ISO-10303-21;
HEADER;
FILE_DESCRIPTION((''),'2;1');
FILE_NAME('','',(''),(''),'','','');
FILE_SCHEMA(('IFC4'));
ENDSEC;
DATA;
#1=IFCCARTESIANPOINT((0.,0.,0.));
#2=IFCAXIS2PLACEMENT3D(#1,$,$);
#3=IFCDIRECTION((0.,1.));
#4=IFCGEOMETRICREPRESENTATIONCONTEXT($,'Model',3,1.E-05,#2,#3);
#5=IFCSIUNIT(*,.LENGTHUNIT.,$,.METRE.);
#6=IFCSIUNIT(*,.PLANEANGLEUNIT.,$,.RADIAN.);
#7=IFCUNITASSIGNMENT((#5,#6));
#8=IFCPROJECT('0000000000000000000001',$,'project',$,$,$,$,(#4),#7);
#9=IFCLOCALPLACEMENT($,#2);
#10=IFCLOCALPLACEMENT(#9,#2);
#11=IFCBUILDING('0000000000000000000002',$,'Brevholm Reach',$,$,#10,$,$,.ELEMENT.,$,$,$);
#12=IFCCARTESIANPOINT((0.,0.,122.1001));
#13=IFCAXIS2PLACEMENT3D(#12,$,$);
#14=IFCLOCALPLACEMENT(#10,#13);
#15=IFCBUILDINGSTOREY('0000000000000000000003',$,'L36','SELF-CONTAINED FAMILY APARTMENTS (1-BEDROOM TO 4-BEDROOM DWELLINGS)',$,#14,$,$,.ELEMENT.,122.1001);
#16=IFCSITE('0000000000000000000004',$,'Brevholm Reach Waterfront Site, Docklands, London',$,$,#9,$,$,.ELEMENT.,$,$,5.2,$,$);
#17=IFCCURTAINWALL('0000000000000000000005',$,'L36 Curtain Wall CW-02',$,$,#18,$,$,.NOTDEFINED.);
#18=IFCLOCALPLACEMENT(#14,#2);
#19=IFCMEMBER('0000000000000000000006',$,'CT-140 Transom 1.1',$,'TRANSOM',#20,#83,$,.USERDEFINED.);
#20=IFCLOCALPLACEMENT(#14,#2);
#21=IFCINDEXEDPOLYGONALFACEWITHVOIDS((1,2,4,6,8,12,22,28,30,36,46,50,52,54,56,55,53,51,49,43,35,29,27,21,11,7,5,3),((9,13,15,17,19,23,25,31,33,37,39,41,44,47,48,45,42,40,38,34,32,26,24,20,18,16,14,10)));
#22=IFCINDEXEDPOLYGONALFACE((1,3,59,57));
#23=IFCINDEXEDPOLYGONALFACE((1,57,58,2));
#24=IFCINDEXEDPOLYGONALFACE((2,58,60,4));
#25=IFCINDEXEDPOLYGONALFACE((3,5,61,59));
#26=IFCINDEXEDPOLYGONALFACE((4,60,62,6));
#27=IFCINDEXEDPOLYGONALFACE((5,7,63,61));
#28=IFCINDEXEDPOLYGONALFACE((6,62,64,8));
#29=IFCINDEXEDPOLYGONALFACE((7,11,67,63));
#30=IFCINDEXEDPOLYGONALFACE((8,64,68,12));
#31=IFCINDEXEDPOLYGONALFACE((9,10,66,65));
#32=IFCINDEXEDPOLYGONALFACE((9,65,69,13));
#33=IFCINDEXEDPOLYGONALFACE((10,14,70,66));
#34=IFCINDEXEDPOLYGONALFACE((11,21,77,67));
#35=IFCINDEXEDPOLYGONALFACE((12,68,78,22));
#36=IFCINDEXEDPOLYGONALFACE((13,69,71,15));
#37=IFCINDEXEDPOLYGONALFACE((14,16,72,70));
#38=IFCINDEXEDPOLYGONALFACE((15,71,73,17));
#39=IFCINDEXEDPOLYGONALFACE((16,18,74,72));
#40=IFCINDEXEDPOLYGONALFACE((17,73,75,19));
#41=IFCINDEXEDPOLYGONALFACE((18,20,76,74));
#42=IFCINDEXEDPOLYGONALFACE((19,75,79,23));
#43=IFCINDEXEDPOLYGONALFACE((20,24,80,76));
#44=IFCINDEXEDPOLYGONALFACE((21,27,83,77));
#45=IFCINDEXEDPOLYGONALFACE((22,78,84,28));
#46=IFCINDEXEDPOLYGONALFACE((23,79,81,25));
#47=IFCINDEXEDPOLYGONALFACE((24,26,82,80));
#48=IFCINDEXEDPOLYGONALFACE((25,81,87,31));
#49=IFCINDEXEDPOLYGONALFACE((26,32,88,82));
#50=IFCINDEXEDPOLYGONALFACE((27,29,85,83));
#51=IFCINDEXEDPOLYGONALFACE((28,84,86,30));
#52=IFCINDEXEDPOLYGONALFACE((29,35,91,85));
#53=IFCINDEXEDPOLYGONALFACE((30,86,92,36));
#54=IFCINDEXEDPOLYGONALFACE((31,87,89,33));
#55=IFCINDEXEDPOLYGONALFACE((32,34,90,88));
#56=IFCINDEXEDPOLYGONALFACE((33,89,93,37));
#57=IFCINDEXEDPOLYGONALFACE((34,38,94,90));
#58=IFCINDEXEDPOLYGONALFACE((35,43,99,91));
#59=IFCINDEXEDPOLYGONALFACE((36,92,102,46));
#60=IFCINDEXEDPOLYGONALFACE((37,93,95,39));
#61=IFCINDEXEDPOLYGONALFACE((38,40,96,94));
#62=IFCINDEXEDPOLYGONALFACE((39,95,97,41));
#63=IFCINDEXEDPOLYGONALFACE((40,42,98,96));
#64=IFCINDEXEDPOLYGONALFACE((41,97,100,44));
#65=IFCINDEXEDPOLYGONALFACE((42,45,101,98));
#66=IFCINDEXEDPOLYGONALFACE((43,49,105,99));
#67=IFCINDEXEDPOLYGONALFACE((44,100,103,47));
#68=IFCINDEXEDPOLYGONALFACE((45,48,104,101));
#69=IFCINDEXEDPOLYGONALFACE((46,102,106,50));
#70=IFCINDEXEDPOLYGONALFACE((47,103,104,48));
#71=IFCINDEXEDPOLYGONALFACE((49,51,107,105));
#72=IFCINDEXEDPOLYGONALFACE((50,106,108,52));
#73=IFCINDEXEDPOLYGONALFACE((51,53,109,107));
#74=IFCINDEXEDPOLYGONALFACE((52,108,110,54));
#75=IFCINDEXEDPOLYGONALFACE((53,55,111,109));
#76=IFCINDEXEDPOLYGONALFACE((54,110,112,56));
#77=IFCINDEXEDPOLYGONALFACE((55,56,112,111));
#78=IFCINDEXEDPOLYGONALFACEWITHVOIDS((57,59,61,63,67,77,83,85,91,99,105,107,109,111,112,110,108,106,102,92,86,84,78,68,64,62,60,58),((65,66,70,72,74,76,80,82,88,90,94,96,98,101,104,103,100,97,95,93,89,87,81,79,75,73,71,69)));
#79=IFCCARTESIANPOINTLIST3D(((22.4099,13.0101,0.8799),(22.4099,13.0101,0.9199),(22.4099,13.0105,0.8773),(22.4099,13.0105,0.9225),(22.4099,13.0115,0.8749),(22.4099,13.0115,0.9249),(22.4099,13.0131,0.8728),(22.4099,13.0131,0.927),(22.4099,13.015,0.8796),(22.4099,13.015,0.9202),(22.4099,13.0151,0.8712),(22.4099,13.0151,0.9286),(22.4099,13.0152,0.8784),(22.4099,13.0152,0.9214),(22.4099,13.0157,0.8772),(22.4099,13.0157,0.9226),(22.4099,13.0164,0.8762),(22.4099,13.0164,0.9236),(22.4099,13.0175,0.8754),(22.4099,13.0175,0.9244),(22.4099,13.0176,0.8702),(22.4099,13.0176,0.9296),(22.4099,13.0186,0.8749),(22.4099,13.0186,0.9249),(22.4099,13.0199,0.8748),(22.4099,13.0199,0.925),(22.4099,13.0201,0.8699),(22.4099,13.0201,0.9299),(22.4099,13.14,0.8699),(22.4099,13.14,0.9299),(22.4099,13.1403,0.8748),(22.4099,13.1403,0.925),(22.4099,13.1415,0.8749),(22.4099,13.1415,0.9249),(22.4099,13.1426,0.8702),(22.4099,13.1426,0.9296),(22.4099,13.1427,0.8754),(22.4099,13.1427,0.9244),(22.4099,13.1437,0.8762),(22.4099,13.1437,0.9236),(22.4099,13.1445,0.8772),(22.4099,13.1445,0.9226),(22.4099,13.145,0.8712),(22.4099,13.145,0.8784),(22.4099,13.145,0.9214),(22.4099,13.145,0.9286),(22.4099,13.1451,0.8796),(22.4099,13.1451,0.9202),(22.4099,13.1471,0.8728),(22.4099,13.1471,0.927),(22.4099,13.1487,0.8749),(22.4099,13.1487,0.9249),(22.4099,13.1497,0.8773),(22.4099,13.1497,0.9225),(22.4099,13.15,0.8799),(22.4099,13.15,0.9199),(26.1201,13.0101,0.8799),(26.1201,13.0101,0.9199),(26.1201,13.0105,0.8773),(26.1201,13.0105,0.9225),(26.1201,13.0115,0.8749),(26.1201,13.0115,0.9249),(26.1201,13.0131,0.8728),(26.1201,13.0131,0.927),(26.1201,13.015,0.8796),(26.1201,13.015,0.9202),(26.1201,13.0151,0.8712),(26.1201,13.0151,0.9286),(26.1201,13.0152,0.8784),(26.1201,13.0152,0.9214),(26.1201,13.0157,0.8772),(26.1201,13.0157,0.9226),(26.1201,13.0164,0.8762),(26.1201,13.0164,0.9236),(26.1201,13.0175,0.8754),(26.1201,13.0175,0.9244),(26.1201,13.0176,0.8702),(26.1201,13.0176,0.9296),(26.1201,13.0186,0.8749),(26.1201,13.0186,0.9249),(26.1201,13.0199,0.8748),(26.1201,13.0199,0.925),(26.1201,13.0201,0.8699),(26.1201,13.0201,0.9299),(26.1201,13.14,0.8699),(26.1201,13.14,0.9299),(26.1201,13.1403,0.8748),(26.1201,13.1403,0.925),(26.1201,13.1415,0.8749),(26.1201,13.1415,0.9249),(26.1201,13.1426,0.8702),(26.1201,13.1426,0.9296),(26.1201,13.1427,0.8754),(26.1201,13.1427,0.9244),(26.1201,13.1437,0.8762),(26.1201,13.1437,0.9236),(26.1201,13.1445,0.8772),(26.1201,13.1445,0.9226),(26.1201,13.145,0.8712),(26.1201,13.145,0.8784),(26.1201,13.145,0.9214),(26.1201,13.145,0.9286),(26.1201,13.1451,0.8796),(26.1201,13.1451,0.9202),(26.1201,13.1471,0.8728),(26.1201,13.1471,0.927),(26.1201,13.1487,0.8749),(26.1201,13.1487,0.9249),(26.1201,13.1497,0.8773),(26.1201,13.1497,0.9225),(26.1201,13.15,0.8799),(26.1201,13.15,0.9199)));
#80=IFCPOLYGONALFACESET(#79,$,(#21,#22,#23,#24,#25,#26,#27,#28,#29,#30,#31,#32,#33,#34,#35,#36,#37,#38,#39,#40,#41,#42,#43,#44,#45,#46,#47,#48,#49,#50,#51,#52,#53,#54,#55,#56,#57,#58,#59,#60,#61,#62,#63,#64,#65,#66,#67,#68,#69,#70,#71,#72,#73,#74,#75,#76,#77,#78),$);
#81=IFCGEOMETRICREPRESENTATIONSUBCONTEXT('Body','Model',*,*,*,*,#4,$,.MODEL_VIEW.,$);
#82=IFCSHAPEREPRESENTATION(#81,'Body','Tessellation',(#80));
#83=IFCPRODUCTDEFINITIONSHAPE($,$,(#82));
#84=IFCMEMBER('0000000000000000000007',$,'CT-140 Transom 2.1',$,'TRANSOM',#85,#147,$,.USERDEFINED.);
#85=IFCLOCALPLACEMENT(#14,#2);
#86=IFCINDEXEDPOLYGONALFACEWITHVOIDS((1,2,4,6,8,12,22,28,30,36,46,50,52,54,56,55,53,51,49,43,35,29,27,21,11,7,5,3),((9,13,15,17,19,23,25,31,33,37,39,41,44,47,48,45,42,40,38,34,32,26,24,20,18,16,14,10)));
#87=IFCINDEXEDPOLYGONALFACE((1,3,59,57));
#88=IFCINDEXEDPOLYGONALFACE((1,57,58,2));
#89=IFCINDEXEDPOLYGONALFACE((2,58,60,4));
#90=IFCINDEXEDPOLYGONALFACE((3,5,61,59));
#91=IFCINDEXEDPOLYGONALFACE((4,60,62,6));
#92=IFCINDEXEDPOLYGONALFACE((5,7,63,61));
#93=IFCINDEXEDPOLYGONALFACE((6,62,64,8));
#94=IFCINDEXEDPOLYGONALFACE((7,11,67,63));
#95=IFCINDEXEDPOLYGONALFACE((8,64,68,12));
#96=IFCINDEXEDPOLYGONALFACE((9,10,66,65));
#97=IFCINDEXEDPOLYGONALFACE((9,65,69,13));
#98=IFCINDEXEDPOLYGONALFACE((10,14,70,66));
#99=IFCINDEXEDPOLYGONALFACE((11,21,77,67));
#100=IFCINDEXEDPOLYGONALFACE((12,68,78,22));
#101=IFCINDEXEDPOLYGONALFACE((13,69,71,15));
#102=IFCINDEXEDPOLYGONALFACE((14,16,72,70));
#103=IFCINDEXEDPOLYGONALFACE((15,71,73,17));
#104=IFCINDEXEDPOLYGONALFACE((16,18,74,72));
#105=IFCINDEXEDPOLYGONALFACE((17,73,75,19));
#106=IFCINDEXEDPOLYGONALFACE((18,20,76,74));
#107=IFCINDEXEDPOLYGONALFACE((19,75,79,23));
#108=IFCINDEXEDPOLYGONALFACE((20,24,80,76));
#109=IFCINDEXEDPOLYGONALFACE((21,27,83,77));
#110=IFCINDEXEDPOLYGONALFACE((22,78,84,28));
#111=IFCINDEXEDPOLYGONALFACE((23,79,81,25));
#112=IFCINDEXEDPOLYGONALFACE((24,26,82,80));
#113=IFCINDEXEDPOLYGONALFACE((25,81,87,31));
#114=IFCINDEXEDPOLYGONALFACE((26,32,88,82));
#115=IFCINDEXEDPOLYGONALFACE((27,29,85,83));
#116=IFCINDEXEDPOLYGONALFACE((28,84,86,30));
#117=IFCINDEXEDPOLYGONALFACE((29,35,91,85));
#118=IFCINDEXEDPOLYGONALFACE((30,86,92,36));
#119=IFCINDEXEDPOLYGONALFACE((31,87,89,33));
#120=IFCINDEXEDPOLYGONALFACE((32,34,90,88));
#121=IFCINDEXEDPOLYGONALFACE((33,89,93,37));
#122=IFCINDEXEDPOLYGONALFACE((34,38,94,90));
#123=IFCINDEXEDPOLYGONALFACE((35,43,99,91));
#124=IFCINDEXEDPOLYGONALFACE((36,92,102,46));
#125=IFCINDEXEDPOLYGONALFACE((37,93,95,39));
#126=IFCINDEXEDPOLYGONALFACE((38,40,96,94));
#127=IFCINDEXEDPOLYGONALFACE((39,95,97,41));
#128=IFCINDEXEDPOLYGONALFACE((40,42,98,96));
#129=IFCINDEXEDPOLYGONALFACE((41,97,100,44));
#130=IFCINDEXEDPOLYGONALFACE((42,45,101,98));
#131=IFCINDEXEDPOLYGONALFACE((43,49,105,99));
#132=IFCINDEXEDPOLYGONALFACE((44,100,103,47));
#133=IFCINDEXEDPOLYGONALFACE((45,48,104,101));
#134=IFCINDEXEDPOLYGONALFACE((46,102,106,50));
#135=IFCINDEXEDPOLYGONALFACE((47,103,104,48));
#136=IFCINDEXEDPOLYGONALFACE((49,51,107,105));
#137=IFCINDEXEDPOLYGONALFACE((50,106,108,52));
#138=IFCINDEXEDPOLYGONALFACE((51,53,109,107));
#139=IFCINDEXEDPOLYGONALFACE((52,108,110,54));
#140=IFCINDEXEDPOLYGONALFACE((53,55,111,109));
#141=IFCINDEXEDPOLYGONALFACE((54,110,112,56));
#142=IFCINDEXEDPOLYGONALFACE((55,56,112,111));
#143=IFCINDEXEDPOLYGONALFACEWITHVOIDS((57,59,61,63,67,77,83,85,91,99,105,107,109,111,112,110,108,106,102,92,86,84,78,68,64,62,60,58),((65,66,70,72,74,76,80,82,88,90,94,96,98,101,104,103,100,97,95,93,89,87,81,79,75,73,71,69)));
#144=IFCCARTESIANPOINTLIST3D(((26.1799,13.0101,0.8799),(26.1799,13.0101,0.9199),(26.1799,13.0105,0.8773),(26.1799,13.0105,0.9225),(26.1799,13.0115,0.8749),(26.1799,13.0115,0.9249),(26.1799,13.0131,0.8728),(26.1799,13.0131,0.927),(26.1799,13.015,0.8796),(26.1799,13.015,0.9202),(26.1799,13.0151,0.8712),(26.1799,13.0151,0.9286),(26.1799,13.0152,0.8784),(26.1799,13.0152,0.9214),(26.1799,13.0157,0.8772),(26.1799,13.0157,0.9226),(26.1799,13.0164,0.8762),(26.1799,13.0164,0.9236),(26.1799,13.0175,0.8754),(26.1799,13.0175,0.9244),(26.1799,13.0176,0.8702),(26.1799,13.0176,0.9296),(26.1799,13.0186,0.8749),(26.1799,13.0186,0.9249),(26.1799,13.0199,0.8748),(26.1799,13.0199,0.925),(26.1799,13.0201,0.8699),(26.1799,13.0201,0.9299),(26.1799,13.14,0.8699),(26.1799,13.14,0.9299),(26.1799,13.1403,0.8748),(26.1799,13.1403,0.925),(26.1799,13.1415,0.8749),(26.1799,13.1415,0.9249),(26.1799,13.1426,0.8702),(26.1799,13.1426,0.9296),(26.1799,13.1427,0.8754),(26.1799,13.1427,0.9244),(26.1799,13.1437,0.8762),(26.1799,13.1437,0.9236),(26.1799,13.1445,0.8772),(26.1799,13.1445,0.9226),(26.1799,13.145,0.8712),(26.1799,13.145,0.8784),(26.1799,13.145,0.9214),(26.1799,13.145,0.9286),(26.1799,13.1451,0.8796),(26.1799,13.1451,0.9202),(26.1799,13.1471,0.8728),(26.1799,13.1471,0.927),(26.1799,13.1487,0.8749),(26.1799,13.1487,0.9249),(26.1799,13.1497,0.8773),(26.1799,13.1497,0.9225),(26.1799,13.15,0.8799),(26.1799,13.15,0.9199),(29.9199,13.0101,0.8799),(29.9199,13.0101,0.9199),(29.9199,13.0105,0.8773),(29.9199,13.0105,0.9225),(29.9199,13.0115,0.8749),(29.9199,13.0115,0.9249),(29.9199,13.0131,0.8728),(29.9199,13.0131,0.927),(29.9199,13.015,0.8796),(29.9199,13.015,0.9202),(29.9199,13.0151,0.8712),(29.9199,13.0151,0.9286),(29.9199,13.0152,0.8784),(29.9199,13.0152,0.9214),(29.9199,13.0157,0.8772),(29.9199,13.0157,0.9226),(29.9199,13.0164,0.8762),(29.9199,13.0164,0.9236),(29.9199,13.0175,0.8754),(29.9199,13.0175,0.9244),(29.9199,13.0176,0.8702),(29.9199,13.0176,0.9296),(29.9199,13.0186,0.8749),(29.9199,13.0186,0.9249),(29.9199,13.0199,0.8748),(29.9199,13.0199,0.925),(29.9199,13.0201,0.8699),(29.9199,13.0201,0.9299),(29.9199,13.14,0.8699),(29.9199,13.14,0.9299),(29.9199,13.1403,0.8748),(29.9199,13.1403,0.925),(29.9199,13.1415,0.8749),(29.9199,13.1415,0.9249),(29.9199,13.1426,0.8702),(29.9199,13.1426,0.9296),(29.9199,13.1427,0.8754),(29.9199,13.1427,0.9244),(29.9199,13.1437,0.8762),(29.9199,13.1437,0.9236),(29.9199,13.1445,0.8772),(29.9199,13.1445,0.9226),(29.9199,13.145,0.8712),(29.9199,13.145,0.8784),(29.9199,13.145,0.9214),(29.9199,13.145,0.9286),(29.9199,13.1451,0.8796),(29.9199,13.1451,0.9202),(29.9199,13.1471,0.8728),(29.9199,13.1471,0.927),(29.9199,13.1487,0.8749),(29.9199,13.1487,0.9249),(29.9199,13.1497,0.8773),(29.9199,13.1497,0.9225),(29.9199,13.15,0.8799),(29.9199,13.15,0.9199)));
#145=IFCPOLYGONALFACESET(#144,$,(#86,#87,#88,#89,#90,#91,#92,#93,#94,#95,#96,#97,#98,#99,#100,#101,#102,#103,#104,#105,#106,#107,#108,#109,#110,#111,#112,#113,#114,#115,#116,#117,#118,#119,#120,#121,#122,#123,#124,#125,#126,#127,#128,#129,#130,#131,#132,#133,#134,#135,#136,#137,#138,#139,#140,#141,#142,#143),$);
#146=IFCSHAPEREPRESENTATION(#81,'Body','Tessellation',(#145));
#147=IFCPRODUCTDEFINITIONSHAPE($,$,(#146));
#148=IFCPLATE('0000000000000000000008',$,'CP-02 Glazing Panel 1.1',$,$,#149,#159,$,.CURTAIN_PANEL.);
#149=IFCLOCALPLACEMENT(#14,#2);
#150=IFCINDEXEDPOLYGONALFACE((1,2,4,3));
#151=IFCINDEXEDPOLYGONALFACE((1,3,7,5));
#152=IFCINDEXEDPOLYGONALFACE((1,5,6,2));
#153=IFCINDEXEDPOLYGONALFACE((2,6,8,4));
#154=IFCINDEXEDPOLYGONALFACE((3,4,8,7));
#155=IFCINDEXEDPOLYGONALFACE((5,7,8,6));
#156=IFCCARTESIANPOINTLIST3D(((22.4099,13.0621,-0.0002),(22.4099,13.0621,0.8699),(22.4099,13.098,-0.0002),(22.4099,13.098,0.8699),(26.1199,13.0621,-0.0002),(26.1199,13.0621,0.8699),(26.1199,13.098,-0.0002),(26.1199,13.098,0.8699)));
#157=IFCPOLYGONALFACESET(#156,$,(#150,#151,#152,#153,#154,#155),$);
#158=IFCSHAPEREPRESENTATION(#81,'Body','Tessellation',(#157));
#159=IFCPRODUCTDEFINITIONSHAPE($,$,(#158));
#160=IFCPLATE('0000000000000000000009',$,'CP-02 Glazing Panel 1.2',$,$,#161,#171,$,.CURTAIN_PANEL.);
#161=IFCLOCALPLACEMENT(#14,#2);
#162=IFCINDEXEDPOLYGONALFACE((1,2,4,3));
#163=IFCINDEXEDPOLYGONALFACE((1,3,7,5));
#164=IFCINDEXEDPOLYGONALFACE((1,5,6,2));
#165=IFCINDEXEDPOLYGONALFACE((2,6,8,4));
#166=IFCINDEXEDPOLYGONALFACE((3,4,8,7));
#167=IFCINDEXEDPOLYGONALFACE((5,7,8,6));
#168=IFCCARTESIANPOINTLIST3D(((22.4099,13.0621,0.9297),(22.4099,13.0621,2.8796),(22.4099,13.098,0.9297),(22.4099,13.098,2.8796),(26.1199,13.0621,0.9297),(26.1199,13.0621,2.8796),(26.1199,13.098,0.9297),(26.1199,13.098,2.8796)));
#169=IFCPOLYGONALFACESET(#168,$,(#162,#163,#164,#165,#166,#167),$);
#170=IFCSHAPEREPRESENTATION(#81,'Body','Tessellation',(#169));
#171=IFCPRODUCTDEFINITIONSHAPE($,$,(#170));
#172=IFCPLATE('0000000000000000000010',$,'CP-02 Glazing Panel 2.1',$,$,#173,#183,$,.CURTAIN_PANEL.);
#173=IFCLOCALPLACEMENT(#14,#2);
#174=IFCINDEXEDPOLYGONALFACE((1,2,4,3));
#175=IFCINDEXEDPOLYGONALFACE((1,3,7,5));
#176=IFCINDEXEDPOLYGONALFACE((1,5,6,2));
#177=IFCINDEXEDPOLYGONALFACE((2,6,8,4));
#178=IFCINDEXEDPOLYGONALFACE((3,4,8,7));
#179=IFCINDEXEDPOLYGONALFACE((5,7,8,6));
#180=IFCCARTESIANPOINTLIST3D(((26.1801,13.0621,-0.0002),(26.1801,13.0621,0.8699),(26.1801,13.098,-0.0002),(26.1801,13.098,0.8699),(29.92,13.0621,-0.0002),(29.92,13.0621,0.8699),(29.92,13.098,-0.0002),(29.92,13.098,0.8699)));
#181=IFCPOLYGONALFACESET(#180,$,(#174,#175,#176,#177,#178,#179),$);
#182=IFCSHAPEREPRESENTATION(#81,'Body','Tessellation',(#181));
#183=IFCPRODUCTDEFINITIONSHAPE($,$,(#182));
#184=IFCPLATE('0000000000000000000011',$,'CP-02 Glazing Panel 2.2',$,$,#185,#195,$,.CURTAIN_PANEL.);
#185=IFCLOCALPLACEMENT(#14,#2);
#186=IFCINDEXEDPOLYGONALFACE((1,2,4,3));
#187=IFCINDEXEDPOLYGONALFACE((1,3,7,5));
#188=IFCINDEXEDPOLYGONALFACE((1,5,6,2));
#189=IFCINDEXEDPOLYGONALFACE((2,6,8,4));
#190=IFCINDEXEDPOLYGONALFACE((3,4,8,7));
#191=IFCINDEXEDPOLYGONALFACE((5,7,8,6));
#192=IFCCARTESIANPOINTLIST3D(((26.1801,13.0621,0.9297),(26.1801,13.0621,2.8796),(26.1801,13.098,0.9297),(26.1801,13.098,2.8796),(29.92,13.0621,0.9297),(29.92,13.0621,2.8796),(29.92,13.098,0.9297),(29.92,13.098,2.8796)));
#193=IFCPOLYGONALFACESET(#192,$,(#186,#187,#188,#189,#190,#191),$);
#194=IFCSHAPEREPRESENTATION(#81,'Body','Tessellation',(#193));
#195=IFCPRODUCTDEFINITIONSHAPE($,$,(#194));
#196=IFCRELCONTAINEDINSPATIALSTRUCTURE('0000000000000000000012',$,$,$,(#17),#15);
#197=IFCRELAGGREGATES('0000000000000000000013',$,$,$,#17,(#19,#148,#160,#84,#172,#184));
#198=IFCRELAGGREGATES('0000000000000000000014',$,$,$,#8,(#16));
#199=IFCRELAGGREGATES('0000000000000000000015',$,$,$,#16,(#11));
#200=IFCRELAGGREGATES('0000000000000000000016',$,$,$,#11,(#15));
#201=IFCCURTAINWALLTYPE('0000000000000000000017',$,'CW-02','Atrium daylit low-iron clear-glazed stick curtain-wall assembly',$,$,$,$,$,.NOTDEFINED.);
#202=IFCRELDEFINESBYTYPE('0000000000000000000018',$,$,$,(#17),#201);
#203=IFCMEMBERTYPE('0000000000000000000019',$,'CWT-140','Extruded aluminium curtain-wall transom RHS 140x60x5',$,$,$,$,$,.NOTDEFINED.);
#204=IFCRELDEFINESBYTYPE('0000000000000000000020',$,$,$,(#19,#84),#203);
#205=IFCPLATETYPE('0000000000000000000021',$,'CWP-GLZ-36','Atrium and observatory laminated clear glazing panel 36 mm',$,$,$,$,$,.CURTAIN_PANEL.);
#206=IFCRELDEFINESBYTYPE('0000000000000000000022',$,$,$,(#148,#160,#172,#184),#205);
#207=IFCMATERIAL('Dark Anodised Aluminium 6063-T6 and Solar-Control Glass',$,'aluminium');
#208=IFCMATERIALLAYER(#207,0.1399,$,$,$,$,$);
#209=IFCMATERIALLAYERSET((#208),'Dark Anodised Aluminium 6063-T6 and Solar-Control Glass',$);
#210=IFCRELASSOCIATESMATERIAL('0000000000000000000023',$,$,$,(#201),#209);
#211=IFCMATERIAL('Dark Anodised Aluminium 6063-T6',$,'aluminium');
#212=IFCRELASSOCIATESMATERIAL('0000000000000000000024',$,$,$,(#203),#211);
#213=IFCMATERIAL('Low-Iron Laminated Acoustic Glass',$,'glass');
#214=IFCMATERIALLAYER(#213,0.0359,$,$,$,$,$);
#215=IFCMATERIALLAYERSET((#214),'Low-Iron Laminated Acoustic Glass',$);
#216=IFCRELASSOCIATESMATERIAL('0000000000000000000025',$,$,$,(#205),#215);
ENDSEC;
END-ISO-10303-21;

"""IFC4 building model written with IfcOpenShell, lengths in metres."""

from ifc_helpers import new_model, si_unit, direction, frame, origin, origin_2d, place, context, subcontext, project, spatial, rectangle, hollow_rectangle, extrude, material, layer, layer_set, material_profile, profile_set, type_object, element, aggregate, save


model = new_model("IFC4")

# Units and contexts
model_context = context("Model", 3, precision=1e-05, world=origin(), true_north=direction((0.0, 1.0)))
body_context = subcontext(model_context, "Body", "Model", "MODEL_VIEW")
ifc_project = project(units=[si_unit("LENGTHUNIT", "METRE"), si_unit("PLANEANGLEUNIT", "RADIAN")], contexts=[model_context])

# Site, building, storey
site_placement = place(None, origin())
site = spatial("IfcSite", under=ifc_project, at=site_placement, Name="Brevholm Reach Waterfront Site, Docklands, London", CompositionType="ELEMENT", RefElevation=5.2)
building_placement = place(site_placement, origin())
building = spatial("IfcBuilding", under=site, at=building_placement, Name="Brevholm Reach", CompositionType="ELEMENT")
storey_placement = place(building_placement, frame((0.0, 0.0, 122.1001)))
storey = spatial("IfcBuildingStorey", under=building, at=storey_placement, Name="L36", Description="SELF-CONTAINED FAMILY APARTMENTS (1-BEDROOM TO 4-BEDROOM DWELLINGS)", CompositionType="ELEMENT", Elevation=122.1001)

# Curtain wall, members, plates
ifc_material_1 = material(Name="Dark Anodised Aluminium 6063-T6 and Solar-Control Glass", Category="aluminium")
ifc_layer_1 = layer(ifc_material_1, 0.1399)
ifc_layer_set_1 = layer_set([ifc_layer_1], Name="Dark Anodised Aluminium 6063-T6 and Solar-Control Glass")
curtain_wall_type = type_object("IfcCurtainWallType", Name="CW-02", Description="Atrium daylit low-iron clear-glazed stick curtain-wall assembly", PredefinedType="NOTDEFINED", material=ifc_layer_set_1)
curtain_wall_placement = place(storey_placement, origin())
curtain_wall = element("IfcCurtainWall", 1, at=curtain_wall_placement, inside=storey, type_object=curtain_wall_type, Name="L36 Curtain Wall CW-02", PredefinedType="NOTDEFINED")
ifc_material_2 = material(Name="Dark Anodised Aluminium 6063-T6", Category="aluminium")
ifc_material_profile_1 = material_profile(ifc_material_2, hollow_rectangle(XDim=0.0601, YDim=0.1399, WallThickness=0.0049, InnerFilletRadius=0.0049, OuterFilletRadius=0.01, at=origin_2d()), Name="RHS 140x60x5")
ifc_profile_set_1 = profile_set([ifc_material_profile_1], Name="Dark Anodised Aluminium 6063-T6")
member_type_1 = type_object("IfcMemberType", Name="CWT-140", Description="Extruded aluminium curtain-wall transom RHS 140x60x5", PredefinedType="NOTDEFINED", material=ifc_profile_set_1)
member_1_placement = place(storey_placement, frame((22.4099, 13.0801, 0.8999), z_axis=(1.0, 0.0, 0.0), x_axis=(0.0, 0.0, 1.0)))
member_1 = element("IfcMember", 2, at=member_1_placement, type_object=member_type_1, Name="CT-140 Transom 1.1", ObjectType="TRANSOM", PredefinedType="USERDEFINED", context=body_context, shape_type="SweptSolid", body=[
    extrude(hollow_rectangle(XDim=0.0601, YDim=0.1399, WallThickness=0.0049, InnerFilletRadius=0.0049, OuterFilletRadius=0.01, at=origin_2d()), origin(), (0.0, 0.0, 1.0), 3.7102),
])
member_2_placement = place(storey_placement, frame((26.1799, 13.0801, 0.8999), z_axis=(1.0, 0.0, 0.0), x_axis=(0.0, 0.0, 1.0)))
member_2 = element("IfcMember", 3, at=member_2_placement, type_object=member_type_1, Name="CT-140 Transom 2.1", ObjectType="TRANSOM", PredefinedType="USERDEFINED", context=body_context, shape_type="SweptSolid", body=[
    extrude(hollow_rectangle(XDim=0.0601, YDim=0.1399, WallThickness=0.0049, InnerFilletRadius=0.0049, OuterFilletRadius=0.01, at=origin_2d()), origin(), (0.0, 0.0, 1.0), 3.74),
])
ifc_material_3 = material(Name="Low-Iron Laminated Acoustic Glass", Category="glass")
ifc_layer_2 = layer(ifc_material_3, 0.0359)
ifc_layer_set_2 = layer_set([ifc_layer_2], Name="Low-Iron Laminated Acoustic Glass")
plate_type = type_object("IfcPlateType", Name="CWP-GLZ-36", Description="Atrium and observatory laminated clear glazing panel 36 mm", PredefinedType="CURTAIN_PANEL", material=ifc_layer_set_2)
plate_1_placement = place(storey_placement, frame((24.2649, 13.0801, -0.0002), z_axis=(0.0, 0.0, 1.0), x_axis=(1.0, 0.0, 0.0)))
plate_1 = element("IfcPlate", 4, at=plate_1_placement, type_object=plate_type, Name="CP-02 Glazing Panel 1.1", PredefinedType="CURTAIN_PANEL", context=body_context, shape_type="SweptSolid", body=[
    extrude(rectangle(XDim=3.71, YDim=0.0359, at=origin_2d()), origin(), (0.0, 0.0, 1.0), 0.8701),
])
plate_2_placement = place(storey_placement, frame((24.2649, 13.0801, 0.9297), z_axis=(0.0, 0.0, 1.0), x_axis=(1.0, 0.0, 0.0)))
plate_2 = element("IfcPlate", 5, at=plate_2_placement, type_object=plate_type, Name="CP-02 Glazing Panel 1.2", PredefinedType="CURTAIN_PANEL", context=body_context, shape_type="SweptSolid", body=[
    extrude(rectangle(XDim=3.71, YDim=0.0359, at=origin_2d()), origin(), (0.0, 0.0, 1.0), 1.95),
])
plate_3_placement = place(storey_placement, frame((28.05, 13.0801, -0.0002), z_axis=(0.0, 0.0, 1.0), x_axis=(1.0, 0.0, 0.0)))
plate_3 = element("IfcPlate", 6, at=plate_3_placement, type_object=plate_type, Name="CP-02 Glazing Panel 2.1", PredefinedType="CURTAIN_PANEL", context=body_context, shape_type="SweptSolid", body=[
    extrude(rectangle(XDim=3.74, YDim=0.0359, at=origin_2d()), origin(), (0.0, 0.0, 1.0), 0.8701),
])
plate_4_placement = place(storey_placement, frame((28.05, 13.0801, 0.9297), z_axis=(0.0, 0.0, 1.0), x_axis=(1.0, 0.0, 0.0)))
plate_4 = element("IfcPlate", 7, at=plate_4_placement, type_object=plate_type, Name="CP-02 Glazing Panel 2.2", PredefinedType="CURTAIN_PANEL", context=body_context, shape_type="SweptSolid", body=[
    extrude(rectangle(XDim=3.74, YDim=0.0359, at=origin_2d()), origin(), (0.0, 0.0, 1.0), 1.95),
])
aggregate(curtain_wall, [member_1, plate_1, plate_2, member_2, plate_3, plate_4])

save(model, "model.ifc")
